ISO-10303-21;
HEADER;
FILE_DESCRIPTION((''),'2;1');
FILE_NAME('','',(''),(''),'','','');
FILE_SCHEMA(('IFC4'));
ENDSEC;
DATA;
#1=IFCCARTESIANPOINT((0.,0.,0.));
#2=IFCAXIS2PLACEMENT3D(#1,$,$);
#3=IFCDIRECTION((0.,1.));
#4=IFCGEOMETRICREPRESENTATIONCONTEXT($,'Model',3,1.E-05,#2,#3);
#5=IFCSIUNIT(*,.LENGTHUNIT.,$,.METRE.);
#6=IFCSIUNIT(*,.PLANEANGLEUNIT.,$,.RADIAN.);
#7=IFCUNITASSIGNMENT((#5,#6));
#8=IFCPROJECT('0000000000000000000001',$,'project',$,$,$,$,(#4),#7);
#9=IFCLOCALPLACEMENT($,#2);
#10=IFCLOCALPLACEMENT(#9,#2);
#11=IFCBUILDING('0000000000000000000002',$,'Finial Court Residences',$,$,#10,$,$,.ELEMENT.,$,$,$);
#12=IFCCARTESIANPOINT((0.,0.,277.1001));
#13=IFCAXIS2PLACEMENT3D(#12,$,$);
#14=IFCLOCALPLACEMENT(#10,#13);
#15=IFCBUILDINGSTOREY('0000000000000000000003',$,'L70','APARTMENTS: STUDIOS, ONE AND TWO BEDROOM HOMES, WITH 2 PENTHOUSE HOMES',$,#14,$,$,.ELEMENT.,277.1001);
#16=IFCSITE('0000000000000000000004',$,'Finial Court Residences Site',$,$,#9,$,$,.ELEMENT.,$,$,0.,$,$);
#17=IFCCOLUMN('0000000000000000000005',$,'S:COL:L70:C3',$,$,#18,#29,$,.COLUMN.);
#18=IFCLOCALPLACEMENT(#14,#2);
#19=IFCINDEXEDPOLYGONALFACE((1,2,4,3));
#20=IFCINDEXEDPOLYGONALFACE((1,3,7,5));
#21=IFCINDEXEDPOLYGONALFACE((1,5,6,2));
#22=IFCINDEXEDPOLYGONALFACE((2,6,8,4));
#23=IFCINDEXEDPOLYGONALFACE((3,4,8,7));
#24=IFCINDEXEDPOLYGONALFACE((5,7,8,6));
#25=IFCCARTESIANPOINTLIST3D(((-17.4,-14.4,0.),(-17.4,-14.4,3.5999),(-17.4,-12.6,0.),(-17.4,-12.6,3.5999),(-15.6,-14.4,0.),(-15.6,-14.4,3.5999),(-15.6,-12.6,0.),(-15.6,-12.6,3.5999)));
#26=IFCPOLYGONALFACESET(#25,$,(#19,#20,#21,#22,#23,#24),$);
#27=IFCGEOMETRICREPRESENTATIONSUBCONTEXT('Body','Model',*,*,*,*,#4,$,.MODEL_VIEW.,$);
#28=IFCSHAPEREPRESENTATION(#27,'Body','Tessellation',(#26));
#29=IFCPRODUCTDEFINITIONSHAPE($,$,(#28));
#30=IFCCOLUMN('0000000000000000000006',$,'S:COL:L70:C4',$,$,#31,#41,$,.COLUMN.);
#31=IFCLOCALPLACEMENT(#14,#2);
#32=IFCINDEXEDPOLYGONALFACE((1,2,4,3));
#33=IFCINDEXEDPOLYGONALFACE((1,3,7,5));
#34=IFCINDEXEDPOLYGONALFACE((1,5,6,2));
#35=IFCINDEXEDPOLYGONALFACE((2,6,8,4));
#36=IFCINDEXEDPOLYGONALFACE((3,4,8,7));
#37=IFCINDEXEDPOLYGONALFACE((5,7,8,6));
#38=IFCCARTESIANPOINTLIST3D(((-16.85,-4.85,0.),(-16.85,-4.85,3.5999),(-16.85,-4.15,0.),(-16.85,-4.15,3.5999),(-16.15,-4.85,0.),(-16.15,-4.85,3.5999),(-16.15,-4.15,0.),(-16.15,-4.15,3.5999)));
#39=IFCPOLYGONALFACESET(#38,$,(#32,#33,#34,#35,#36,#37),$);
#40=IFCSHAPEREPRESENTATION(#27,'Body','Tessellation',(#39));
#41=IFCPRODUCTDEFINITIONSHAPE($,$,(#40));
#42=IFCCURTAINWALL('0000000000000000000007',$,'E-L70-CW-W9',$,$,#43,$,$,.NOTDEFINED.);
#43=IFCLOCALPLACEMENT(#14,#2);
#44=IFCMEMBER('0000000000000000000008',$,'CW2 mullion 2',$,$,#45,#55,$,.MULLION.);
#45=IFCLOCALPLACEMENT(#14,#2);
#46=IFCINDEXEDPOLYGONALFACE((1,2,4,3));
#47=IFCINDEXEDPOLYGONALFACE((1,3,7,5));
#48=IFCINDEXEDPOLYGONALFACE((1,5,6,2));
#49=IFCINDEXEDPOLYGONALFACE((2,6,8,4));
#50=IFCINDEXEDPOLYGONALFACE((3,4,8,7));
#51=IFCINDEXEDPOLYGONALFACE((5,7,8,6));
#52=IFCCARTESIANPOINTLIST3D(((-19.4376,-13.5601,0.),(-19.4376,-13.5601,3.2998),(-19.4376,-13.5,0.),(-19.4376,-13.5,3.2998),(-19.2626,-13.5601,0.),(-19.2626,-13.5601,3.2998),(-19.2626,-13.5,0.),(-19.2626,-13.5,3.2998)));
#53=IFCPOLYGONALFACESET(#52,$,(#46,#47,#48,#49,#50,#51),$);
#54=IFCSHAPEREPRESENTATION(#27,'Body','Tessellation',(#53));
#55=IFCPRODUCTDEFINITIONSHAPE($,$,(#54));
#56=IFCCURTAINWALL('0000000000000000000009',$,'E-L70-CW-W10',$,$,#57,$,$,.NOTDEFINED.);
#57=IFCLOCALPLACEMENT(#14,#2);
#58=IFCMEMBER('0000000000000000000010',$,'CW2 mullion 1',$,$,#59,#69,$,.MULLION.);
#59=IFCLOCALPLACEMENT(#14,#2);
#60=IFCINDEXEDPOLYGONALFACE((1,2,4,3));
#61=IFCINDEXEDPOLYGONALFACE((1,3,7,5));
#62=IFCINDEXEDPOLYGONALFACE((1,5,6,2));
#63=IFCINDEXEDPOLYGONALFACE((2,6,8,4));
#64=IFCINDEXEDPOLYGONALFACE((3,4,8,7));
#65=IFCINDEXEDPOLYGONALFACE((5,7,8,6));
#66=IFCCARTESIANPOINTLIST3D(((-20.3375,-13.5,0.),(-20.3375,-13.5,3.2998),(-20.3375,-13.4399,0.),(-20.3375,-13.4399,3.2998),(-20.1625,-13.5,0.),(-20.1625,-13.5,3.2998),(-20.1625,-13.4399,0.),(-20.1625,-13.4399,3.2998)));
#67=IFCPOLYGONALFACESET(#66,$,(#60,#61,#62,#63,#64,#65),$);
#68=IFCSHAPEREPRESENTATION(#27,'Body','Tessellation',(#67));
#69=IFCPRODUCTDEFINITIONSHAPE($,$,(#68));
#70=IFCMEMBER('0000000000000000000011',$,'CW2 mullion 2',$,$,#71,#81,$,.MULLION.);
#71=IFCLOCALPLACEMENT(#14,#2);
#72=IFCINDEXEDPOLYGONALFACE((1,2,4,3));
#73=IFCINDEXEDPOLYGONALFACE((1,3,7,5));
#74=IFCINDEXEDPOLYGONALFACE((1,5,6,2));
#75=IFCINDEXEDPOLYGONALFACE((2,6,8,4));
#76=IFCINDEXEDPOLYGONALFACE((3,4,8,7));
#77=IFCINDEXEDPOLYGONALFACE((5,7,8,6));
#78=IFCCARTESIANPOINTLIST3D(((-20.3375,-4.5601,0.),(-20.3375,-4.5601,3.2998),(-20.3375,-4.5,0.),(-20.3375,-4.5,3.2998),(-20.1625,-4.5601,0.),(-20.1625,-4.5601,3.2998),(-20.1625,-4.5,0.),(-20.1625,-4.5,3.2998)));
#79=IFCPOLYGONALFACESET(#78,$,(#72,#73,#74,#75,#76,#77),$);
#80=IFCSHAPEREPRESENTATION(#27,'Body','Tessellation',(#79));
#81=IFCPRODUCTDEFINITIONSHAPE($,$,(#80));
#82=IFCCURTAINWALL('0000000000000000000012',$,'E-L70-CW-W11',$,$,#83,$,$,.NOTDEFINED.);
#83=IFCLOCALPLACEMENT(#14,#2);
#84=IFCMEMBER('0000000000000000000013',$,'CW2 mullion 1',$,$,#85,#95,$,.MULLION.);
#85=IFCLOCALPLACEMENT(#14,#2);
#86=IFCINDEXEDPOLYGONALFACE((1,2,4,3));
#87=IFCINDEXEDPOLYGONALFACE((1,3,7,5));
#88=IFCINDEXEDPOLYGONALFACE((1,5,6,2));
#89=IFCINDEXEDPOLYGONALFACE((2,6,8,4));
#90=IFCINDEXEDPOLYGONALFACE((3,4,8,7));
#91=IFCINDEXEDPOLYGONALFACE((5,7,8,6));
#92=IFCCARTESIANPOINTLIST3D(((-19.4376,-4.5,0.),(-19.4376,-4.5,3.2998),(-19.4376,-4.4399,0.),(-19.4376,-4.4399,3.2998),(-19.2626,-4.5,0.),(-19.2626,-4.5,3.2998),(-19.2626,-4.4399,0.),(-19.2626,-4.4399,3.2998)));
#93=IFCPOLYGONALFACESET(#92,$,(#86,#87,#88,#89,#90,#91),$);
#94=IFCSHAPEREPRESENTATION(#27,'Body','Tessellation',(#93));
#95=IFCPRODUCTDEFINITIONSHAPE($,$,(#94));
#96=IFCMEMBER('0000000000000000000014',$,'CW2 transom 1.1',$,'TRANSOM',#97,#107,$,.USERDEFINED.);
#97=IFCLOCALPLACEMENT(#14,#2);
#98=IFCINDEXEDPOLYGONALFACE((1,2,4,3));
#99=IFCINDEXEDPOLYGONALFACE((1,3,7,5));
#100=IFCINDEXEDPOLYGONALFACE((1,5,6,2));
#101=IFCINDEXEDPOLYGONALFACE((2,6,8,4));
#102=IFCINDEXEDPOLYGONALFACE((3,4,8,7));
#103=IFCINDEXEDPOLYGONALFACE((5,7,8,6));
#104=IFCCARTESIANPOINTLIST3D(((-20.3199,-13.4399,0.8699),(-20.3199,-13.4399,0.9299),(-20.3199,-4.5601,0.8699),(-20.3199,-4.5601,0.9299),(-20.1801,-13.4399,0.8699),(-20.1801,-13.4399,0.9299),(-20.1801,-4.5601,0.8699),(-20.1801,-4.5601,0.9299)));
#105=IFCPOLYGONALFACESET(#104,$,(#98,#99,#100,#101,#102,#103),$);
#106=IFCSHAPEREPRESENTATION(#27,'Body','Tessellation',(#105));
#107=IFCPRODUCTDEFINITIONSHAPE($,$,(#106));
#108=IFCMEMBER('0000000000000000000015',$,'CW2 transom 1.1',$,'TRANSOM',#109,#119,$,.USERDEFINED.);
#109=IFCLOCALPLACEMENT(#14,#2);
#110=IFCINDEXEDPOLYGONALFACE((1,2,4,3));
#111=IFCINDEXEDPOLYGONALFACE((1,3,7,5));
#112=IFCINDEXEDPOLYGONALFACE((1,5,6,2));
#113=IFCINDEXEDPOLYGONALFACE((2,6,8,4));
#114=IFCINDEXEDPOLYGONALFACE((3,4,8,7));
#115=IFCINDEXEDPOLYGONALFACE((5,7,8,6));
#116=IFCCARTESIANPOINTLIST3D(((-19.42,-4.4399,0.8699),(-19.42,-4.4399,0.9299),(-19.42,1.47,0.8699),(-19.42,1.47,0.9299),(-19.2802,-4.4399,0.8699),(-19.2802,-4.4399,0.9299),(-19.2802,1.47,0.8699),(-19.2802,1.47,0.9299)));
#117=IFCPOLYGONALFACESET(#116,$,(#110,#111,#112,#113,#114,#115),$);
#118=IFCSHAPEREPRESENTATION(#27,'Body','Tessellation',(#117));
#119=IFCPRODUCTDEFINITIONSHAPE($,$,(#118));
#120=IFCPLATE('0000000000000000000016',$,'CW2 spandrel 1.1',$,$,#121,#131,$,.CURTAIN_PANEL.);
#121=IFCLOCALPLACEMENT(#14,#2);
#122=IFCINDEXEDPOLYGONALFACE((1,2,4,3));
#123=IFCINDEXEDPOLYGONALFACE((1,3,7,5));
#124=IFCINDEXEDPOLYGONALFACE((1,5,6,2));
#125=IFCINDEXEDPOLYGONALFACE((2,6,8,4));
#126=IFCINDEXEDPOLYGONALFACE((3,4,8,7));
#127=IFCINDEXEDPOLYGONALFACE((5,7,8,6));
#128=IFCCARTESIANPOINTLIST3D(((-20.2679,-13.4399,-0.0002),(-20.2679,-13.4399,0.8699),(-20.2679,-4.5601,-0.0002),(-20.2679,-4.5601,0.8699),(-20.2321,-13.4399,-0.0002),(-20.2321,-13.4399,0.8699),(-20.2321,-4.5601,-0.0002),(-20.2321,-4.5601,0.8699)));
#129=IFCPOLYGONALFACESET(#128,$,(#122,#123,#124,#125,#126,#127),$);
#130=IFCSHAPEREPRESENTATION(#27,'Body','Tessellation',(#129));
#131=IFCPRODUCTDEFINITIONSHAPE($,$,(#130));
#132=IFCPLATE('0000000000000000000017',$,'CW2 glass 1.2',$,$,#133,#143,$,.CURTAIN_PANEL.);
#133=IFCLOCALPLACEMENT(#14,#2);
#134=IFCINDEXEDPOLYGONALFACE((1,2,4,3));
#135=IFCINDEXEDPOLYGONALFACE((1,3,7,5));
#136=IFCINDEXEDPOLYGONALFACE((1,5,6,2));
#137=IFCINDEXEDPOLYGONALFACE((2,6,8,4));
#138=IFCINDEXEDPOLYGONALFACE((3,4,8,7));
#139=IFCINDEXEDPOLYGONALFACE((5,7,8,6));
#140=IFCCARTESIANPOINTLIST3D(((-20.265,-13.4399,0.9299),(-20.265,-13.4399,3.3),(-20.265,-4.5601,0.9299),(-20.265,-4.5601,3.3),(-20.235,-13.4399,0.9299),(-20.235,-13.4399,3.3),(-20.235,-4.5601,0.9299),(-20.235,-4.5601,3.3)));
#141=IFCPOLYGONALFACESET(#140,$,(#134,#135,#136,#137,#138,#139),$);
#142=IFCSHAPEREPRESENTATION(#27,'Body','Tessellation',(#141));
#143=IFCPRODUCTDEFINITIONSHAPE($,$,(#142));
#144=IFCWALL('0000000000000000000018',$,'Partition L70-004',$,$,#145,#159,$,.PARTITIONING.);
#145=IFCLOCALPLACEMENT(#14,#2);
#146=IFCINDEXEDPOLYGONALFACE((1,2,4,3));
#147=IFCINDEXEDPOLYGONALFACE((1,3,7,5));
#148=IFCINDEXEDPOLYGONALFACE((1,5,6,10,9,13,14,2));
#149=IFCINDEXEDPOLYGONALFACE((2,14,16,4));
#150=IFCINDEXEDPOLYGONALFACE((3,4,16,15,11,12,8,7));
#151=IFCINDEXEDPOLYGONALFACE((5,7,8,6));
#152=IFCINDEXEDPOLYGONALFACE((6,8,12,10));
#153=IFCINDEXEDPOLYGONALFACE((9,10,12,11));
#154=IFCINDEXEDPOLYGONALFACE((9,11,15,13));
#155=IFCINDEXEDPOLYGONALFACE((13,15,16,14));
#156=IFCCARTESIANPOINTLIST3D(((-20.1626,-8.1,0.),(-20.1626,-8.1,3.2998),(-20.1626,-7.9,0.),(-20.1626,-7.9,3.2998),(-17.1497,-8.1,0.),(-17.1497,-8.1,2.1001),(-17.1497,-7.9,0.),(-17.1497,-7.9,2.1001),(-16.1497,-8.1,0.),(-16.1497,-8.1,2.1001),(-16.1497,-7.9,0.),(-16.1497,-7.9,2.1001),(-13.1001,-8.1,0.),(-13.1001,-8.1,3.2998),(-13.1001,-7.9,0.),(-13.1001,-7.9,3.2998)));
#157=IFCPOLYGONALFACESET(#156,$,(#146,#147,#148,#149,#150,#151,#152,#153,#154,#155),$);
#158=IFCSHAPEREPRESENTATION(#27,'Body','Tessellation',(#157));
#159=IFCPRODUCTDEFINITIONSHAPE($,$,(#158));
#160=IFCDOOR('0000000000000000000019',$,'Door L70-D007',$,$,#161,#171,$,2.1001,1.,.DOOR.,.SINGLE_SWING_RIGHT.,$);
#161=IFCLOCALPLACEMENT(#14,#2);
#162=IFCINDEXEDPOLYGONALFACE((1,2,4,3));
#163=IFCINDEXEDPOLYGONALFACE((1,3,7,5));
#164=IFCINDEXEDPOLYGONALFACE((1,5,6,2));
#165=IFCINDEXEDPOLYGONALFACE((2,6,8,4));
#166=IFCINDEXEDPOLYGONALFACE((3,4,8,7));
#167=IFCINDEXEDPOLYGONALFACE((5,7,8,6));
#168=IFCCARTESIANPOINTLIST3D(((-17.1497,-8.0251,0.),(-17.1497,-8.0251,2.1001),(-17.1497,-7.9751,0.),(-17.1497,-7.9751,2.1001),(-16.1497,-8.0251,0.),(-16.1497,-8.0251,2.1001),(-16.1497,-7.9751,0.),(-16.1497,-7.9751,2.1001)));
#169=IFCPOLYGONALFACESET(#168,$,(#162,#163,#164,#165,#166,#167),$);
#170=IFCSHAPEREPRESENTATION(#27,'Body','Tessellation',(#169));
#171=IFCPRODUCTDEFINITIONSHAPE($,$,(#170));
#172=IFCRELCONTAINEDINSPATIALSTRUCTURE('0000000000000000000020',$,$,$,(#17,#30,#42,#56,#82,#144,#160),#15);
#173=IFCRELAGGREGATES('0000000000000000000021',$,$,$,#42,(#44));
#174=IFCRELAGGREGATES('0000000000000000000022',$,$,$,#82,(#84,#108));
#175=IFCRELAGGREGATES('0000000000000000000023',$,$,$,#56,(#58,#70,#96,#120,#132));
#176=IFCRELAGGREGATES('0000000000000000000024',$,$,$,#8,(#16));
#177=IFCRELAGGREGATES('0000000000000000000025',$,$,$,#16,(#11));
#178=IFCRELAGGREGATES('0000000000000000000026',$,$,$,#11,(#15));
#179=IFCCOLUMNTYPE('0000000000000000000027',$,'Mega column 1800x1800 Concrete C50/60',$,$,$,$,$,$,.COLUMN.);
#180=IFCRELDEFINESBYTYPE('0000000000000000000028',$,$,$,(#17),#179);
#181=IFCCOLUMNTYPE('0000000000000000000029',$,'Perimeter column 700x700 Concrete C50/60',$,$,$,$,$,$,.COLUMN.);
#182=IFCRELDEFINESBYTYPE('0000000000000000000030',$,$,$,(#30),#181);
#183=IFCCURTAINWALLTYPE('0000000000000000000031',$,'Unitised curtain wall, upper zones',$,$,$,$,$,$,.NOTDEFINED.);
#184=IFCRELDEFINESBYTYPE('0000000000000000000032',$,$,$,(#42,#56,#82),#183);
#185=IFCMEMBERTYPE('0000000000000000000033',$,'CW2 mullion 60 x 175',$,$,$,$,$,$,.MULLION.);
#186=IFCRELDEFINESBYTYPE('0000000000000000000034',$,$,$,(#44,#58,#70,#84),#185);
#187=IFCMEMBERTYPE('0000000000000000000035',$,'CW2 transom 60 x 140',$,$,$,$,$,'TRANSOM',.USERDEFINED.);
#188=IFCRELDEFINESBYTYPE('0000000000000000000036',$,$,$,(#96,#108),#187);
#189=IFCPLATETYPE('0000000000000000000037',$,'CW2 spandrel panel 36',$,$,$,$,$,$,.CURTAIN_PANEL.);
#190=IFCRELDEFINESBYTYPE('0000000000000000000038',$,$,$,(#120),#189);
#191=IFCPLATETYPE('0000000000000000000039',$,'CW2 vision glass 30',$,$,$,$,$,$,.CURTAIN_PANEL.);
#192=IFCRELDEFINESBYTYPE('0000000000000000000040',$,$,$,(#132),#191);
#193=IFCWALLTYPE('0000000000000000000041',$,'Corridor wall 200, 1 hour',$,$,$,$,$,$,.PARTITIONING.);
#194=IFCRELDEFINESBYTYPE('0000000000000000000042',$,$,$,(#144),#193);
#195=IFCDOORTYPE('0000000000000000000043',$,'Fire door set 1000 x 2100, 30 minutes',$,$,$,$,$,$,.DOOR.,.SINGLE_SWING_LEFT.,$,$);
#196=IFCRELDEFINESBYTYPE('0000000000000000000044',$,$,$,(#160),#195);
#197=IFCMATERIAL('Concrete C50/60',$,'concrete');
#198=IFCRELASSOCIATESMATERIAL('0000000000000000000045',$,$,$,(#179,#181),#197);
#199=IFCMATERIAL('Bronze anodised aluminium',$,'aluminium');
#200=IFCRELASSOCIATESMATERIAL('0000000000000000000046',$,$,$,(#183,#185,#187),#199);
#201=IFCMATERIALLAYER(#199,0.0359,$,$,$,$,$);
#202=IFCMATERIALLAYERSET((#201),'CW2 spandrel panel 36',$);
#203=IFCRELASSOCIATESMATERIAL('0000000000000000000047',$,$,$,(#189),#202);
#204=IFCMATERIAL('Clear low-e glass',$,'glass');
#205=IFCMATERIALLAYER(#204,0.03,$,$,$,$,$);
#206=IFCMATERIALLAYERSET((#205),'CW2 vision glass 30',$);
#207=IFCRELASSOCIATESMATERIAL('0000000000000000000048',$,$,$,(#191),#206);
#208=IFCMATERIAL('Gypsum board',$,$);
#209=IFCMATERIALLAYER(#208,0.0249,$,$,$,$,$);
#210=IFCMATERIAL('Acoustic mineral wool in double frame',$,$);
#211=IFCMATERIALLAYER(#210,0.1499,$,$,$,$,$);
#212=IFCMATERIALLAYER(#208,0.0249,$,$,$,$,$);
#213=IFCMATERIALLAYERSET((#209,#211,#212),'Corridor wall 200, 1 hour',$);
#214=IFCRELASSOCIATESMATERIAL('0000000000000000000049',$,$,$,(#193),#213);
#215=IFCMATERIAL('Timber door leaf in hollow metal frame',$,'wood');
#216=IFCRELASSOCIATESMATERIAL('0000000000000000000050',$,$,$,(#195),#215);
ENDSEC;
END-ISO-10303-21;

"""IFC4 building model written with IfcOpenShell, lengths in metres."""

from ifc_helpers import new_model, si_unit, direction, frame, frame_2d, origin, origin_2d, place, context, subcontext, project, spatial, rectangle, extrude, material, layer, layer_set, material_profile, profile_set, type_object, element, fill, aggregate, save


model = new_model("IFC4")

# Units and contexts
model_context = context("Model", 3, precision=1e-05, world=origin(), true_north=direction((0.0, 1.0)))
body_context = subcontext(model_context, "Body", "Model", "MODEL_VIEW")
ifc_project = project(units=[si_unit("LENGTHUNIT", "METRE"), si_unit("PLANEANGLEUNIT", "RADIAN")], contexts=[model_context])

# Site, building, storey
site_placement = place(None, origin())
site = spatial("IfcSite", under=ifc_project, at=site_placement, Name="Finial Court Residences Site", CompositionType="ELEMENT", RefElevation=0.0)
building_placement = place(site_placement, origin())
building = spatial("IfcBuilding", under=site, at=building_placement, Name="Finial Court Residences", CompositionType="ELEMENT")
storey_placement = place(building_placement, frame((0.0, 0.0, 277.1001)))
storey = spatial("IfcBuildingStorey", under=building, at=storey_placement, Name="L70", Description="APARTMENTS: STUDIOS, ONE AND TWO BEDROOM HOMES, WITH 2 PENTHOUSE HOMES", CompositionType="ELEMENT", Elevation=277.1001)

# Columns
ifc_material_1 = material(Name="Concrete C50/60", Category="concrete")
ifc_material_profile_1 = material_profile(ifc_material_1, rectangle(XDim=1.8, YDim=1.8, at=origin_2d()), Name="1800x1800")
ifc_profile_set_1 = profile_set([ifc_material_profile_1], Name="Concrete C50/60")
column_type_1 = type_object("IfcColumnType", Name="Mega column 1800x1800 Concrete C50/60", PredefinedType="COLUMN", material=ifc_profile_set_1)
column_1_placement = place(storey_placement, frame((-16.5, -13.5, 0.0), z_axis=(0.0, 0.0, 1.0), x_axis=(1.0, 0.0, 0.0)))
element("IfcColumn", 1, at=column_1_placement, inside=storey, type_object=column_type_1, Name="S:COL:L70:C3", PredefinedType="COLUMN", context=body_context, shape_type="SweptSolid", body=[
    extrude(rectangle(XDim=1.8, YDim=1.8, at=origin_2d()), origin(), (0.0, 0.0, 1.0), 3.5999),
])
ifc_material_profile_2 = material_profile(ifc_material_1, rectangle(XDim=0.7, YDim=0.7, at=origin_2d()), Name="700x700")
ifc_profile_set_2 = profile_set([ifc_material_profile_2], Name="Concrete C50/60")
column_type_2 = type_object("IfcColumnType", Name="Perimeter column 700x700 Concrete C50/60", PredefinedType="COLUMN", material=ifc_profile_set_2)
column_2_placement = place(storey_placement, frame((-16.5, -4.5, 0.0), z_axis=(0.0, 0.0, 1.0), x_axis=(1.0, 0.0, 0.0)))
element("IfcColumn", 2, at=column_2_placement, inside=storey, type_object=column_type_2, Name="S:COL:L70:C4", PredefinedType="COLUMN", context=body_context, shape_type="SweptSolid", body=[
    extrude(rectangle(XDim=0.7, YDim=0.7, at=origin_2d()), origin(), (0.0, 0.0, 1.0), 3.5999),
])

# Curtain wall, member
ifc_material_2 = material(Name="Bronze anodised aluminium", Category="aluminium")
curtain_wall_type = type_object("IfcCurtainWallType", Name="Unitised curtain wall, upper zones", PredefinedType="NOTDEFINED", material=ifc_material_2)
curtain_wall_1_placement = place(storey_placement, origin())
curtain_wall_1 = element("IfcCurtainWall", 3, at=curtain_wall_1_placement, inside=storey, type_object=curtain_wall_type, Name="E-L70-CW-W9", PredefinedType="NOTDEFINED")
ifc_material_profile_3 = material_profile(ifc_material_2, rectangle(XDim=0.175, YDim=0.0601, at=origin_2d()), Name="CW2 mullion 60 x 175")
ifc_profile_set_3 = profile_set([ifc_material_profile_3], Name="Bronze anodised aluminium")
member_type_1 = type_object("IfcMemberType", Name="CW2 mullion 60 x 175", PredefinedType="MULLION", material=ifc_profile_set_3)
member_1_placement = place(storey_placement, frame((-19.3501, -13.53, 0.0), z_axis=(0.0, 0.0, 1.0), x_axis=(-1.0, 0.0, 0.0)))
member_1 = element("IfcMember", 4, at=member_1_placement, type_object=member_type_1, Name="CW2 mullion 2", PredefinedType="MULLION", context=body_context, shape_type="SweptSolid", body=[
    extrude(rectangle(XDim=0.175, YDim=0.0601, at=origin_2d()), origin(), (0.0, 0.0, 1.0), 3.2998),
])
aggregate(curtain_wall_1, [member_1])

# Curtain wall, members
curtain_wall_2_placement = place(storey_placement, origin())
curtain_wall_2 = element("IfcCurtainWall", 5, at=curtain_wall_2_placement, inside=storey, type_object=curtain_wall_type, Name="E-L70-CW-W10", PredefinedType="NOTDEFINED")
member_2_placement = place(storey_placement, frame((-20.25, -13.47, 0.0), z_axis=(0.0, 0.0, 1.0), x_axis=(-1.0, 0.0, 0.0)))
member_2 = element("IfcMember", 6, at=member_2_placement, type_object=member_type_1, Name="CW2 mullion 1", PredefinedType="MULLION", context=body_context, shape_type="SweptSolid", body=[
    extrude(rectangle(XDim=0.175, YDim=0.0601, at=origin_2d()), origin(), (0.0, 0.0, 1.0), 3.2998),
])
member_3_placement = place(storey_placement, frame((-20.25, -4.53, 0.0), z_axis=(0.0, 0.0, 1.0), x_axis=(-1.0, 0.0, 0.0)))
member_3 = element("IfcMember", 7, at=member_3_placement, type_object=member_type_1, Name="CW2 mullion 2", PredefinedType="MULLION", context=body_context, shape_type="SweptSolid", body=[
    extrude(rectangle(XDim=0.175, YDim=0.0601, at=origin_2d()), origin(), (0.0, 0.0, 1.0), 3.2998),
])

# Curtain wall, member
curtain_wall_3_placement = place(storey_placement, origin())
curtain_wall_3 = element("IfcCurtainWall", 8, at=curtain_wall_3_placement, inside=storey, type_object=curtain_wall_type, Name="E-L70-CW-W11", PredefinedType="NOTDEFINED")
member_4_placement = place(storey_placement, frame((-19.3501, -4.47, 0.0), z_axis=(0.0, 0.0, 1.0), x_axis=(-1.0, 0.0, 0.0)))
member_4 = element("IfcMember", 9, at=member_4_placement, type_object=member_type_1, Name="CW2 mullion 1", PredefinedType="MULLION", context=body_context, shape_type="SweptSolid", body=[
    extrude(rectangle(XDim=0.175, YDim=0.0601, at=origin_2d()), origin(), (0.0, 0.0, 1.0), 3.2998),
])

# Members
ifc_material_profile_4 = material_profile(ifc_material_2, rectangle(XDim=0.1399, YDim=0.0601, at=origin_2d()), Name="CW2 transom 60 x 140")
ifc_profile_set_4 = profile_set([ifc_material_profile_4], Name="Bronze anodised aluminium")
member_type_2 = type_object("IfcMemberType", Name="CW2 transom 60 x 140", ElementType="TRANSOM", PredefinedType="USERDEFINED", material=ifc_profile_set_4)
member_5_placement = place(storey_placement, frame((-20.25, -13.4399, 0.8999), z_axis=(0.0, 1.0, 0.0), x_axis=(-1.0, 0.0, 0.0)))
member_5 = element("IfcMember", 10, at=member_5_placement, type_object=member_type_2, Name="CW2 transom 1.1", ObjectType="TRANSOM", PredefinedType="USERDEFINED", context=body_context, shape_type="SweptSolid", body=[
    extrude(rectangle(XDim=0.1399, YDim=0.0601, at=origin_2d()), origin(), (0.0, 0.0, 1.0), 8.8799),
])
member_6_placement = place(storey_placement, frame((-19.3501, -4.4399, 0.8999), z_axis=(0.0, 1.0, 0.0), x_axis=(-1.0, 0.0, 0.0)))
member_6 = element("IfcMember", 11, at=member_6_placement, type_object=member_type_2, Name="CW2 transom 1.1", ObjectType="TRANSOM", PredefinedType="USERDEFINED", context=body_context, shape_type="SweptSolid", body=[
    extrude(rectangle(XDim=0.1399, YDim=0.0601, at=origin_2d()), origin(), (0.0, 0.0, 1.0), 5.9099),
])
aggregate(curtain_wall_3, [member_4, member_6])

# Plates
ifc_layer_1 = layer(ifc_material_2, 0.0359)
ifc_layer_set_1 = layer_set([ifc_layer_1], Name="CW2 spandrel panel 36")
plate_type_1 = type_object("IfcPlateType", Name="CW2 spandrel panel 36", PredefinedType="CURTAIN_PANEL", material=ifc_layer_set_1)
plate_1_placement = place(storey_placement, frame((-20.25, -9.0, -0.0002), z_axis=(0.0, 0.0, 1.0), x_axis=(0.0, 1.0, 0.0)))
plate_1 = element("IfcPlate", 12, at=plate_1_placement, type_object=plate_type_1, Name="CW2 spandrel 1.1", PredefinedType="CURTAIN_PANEL", context=body_context, shape_type="SweptSolid", body=[
    extrude(rectangle(XDim=8.8799, YDim=0.0359, at=origin_2d()), origin(), (0.0, 0.0, 1.0), 0.8701),
])
ifc_material_3 = material(Name="Clear low-e glass", Category="glass")
ifc_layer_2 = layer(ifc_material_3, 0.03)
ifc_layer_set_2 = layer_set([ifc_layer_2], Name="CW2 vision glass 30")
plate_type_2 = type_object("IfcPlateType", Name="CW2 vision glass 30", PredefinedType="CURTAIN_PANEL", material=ifc_layer_set_2)
plate_2_placement = place(storey_placement, frame((-20.25, -9.0, 0.9299), z_axis=(0.0, 0.0, 1.0), x_axis=(0.0, 1.0, 0.0)))
plate_2 = element("IfcPlate", 13, at=plate_2_placement, type_object=plate_type_2, Name="CW2 glass 1.2", PredefinedType="CURTAIN_PANEL", context=body_context, shape_type="SweptSolid", body=[
    extrude(rectangle(XDim=8.8799, YDim=0.03, at=origin_2d()), origin(), (0.0, 0.0, 1.0), 2.3701),
])
aggregate(curtain_wall_2, [member_2, member_3, member_5, plate_1, plate_2])

# Wall, opening, door
ifc_material_4 = material(Name="Gypsum board")
ifc_layer_3 = layer(ifc_material_4, 0.0249)
ifc_material_5 = material(Name="Acoustic mineral wool in double frame")
ifc_layer_4 = layer(ifc_material_5, 0.1499)
ifc_layer_5 = layer(ifc_material_4, 0.0249)
ifc_layer_set_3 = layer_set([ifc_layer_3, ifc_layer_4, ifc_layer_5], Name="Corridor wall 200, 1 hour")
wall_type_1 = type_object("IfcWallType", Name="Corridor wall 200, 1 hour", PredefinedType="PARTITIONING", material=ifc_layer_set_3)
wall_1_placement = place(storey_placement, frame((-20.1626, -8.0, 0.0), z_axis=(0.0, 0.0, 1.0), x_axis=(1.0, 0.0, 0.0)))
wall_1 = element("IfcWall", 14, at=wall_1_placement, inside=storey, type_object=wall_type_1, Name="Partition L70-004", PredefinedType="PARTITIONING", context=body_context, shape_type="SweptSolid", body=[
    extrude(rectangle(XDim=7.0625, YDim=0.2, at=frame_2d((3.5312, 0.0))), origin(), (0.0, 0.0, 1.0), 3.2998),
])
opening_1_placement = place(wall_1_placement, frame((3.0129, 0.0, 0.0)))
opening_1 = element("IfcOpeningElement", 15, at=opening_1_placement, cuts=wall_1, PredefinedType="OPENING", context=body_context, shape_type="SweptSolid", body=[
    extrude(rectangle(XDim=1.0, YDim=2.1001, at=frame_2d((0.5, 1.05))), frame((0.0, 0.1099, 0.0), z_axis=(0.0, -1.0, 0.0), x_axis=(1.0, 0.0, 0.0)), (0.0, 0.0, 1.0), 0.22),
])
ifc_material_6 = material(Name="Timber door leaf in hollow metal frame", Category="wood")
door_type_1 = type_object("IfcDoorType", Name="Fire door set 1000 x 2100, 30 minutes", OperationType="SINGLE_SWING_LEFT", PredefinedType="DOOR", material=ifc_material_6)
door_1_placement = place(opening_1_placement, origin())
door_1 = element("IfcDoor", 16, at=door_1_placement, inside=storey, type_object=door_type_1, Name="Door L70-D007", OperationType="SINGLE_SWING_RIGHT", OverallHeight=2.1001, OverallWidth=1.0, PredefinedType="DOOR", context=body_context, shape_type="SweptSolid", body=[
    extrude(rectangle(XDim=1.0, YDim=2.1001, at=frame_2d((0.5, 1.05))), frame((0.0, 0.0249, 0.0), z_axis=(0.0, -1.0, 0.0), x_axis=(1.0, 0.0, 0.0)), (0.0, 0.0, 1.0), 0.05),
])
fill(opening_1, door_1)

save(model, "model.ifc")
